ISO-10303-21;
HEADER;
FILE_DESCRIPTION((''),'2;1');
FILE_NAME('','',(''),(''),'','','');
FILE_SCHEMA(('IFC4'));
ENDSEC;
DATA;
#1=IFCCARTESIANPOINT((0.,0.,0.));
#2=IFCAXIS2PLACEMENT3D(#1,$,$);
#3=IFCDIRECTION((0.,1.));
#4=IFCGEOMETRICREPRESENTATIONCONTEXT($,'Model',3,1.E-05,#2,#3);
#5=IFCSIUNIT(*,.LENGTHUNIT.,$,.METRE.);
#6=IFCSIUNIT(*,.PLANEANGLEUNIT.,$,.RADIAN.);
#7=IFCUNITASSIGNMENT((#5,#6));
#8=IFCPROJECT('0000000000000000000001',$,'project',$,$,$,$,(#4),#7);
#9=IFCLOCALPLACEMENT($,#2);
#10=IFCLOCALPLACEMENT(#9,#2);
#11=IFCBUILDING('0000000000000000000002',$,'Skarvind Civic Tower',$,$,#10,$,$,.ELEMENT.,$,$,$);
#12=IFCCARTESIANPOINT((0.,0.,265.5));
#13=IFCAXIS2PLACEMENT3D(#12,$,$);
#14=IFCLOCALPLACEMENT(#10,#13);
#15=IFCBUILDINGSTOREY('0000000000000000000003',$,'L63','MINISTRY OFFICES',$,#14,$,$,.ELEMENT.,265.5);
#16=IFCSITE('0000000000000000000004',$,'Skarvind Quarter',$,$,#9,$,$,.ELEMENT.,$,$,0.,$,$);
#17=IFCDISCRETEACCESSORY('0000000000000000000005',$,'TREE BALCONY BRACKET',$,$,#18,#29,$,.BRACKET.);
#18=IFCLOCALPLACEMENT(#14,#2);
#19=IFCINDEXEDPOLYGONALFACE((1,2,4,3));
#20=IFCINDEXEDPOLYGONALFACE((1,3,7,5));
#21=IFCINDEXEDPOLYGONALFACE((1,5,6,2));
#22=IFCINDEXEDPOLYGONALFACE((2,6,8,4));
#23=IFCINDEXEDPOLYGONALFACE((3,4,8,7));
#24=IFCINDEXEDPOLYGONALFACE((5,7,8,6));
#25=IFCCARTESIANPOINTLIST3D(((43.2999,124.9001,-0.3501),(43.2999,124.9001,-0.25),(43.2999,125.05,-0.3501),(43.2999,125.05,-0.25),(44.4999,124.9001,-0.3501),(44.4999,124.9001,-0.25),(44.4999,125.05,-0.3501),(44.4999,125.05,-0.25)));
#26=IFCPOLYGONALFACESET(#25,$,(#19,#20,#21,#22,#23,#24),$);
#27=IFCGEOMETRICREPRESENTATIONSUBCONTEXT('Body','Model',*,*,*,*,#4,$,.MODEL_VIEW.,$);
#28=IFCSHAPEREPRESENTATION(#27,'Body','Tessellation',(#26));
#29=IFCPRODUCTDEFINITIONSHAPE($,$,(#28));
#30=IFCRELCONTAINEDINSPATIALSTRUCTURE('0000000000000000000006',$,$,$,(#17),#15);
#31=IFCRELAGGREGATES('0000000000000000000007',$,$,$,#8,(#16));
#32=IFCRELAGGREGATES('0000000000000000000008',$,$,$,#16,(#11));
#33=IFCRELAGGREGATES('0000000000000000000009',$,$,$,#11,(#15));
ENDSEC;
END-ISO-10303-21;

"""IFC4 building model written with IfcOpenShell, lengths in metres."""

from ifc_helpers import new_model, si_unit, direction, frame, origin, origin_2d, place, context, subcontext, project, spatial, rectangle, extrude, element, save


model = new_model("IFC4")

# Units and contexts
model_context = context("Model", 3, precision=1e-05, world=origin(), true_north=direction((0.0, 1.0)))
body_context = subcontext(model_context, "Body", "Model", "MODEL_VIEW")
ifc_project = project(units=[si_unit("LENGTHUNIT", "METRE"), si_unit("PLANEANGLEUNIT", "RADIAN")], contexts=[model_context])

# Site, building, storey
site_placement = place(None, origin())
site = spatial("IfcSite", under=ifc_project, at=site_placement, Name="Skarvind Quarter", CompositionType="ELEMENT", RefElevation=0.0)
building_placement = place(site_placement, origin())
building = spatial("IfcBuilding", under=site, at=building_placement, Name="Skarvind Civic Tower", CompositionType="ELEMENT")
storey_placement = place(building_placement, frame((0.0, 0.0, 265.5)))
storey = spatial("IfcBuildingStorey", under=building, at=storey_placement, Name="L63", Description="MINISTRY OFFICES", CompositionType="ELEMENT", Elevation=265.5)

# Discrete accessory
discrete_accessory_placement = place(storey_placement, frame((43.8999, 124.9751, -0.3501), z_axis=(0.0, 0.0, 1.0), x_axis=(0.0, 1.0, 0.0)))
element("IfcDiscreteAccessory", 1, at=discrete_accessory_placement, inside=storey, Name="TREE BALCONY BRACKET", PredefinedType="BRACKET", context=body_context, shape_type="SweptSolid", body=[
    extrude(rectangle(XDim=0.1499, YDim=1.2, at=origin_2d()), origin(), (0.0, 0.0, 1.0), 0.1001),
])

save(model, "model.ifc")
